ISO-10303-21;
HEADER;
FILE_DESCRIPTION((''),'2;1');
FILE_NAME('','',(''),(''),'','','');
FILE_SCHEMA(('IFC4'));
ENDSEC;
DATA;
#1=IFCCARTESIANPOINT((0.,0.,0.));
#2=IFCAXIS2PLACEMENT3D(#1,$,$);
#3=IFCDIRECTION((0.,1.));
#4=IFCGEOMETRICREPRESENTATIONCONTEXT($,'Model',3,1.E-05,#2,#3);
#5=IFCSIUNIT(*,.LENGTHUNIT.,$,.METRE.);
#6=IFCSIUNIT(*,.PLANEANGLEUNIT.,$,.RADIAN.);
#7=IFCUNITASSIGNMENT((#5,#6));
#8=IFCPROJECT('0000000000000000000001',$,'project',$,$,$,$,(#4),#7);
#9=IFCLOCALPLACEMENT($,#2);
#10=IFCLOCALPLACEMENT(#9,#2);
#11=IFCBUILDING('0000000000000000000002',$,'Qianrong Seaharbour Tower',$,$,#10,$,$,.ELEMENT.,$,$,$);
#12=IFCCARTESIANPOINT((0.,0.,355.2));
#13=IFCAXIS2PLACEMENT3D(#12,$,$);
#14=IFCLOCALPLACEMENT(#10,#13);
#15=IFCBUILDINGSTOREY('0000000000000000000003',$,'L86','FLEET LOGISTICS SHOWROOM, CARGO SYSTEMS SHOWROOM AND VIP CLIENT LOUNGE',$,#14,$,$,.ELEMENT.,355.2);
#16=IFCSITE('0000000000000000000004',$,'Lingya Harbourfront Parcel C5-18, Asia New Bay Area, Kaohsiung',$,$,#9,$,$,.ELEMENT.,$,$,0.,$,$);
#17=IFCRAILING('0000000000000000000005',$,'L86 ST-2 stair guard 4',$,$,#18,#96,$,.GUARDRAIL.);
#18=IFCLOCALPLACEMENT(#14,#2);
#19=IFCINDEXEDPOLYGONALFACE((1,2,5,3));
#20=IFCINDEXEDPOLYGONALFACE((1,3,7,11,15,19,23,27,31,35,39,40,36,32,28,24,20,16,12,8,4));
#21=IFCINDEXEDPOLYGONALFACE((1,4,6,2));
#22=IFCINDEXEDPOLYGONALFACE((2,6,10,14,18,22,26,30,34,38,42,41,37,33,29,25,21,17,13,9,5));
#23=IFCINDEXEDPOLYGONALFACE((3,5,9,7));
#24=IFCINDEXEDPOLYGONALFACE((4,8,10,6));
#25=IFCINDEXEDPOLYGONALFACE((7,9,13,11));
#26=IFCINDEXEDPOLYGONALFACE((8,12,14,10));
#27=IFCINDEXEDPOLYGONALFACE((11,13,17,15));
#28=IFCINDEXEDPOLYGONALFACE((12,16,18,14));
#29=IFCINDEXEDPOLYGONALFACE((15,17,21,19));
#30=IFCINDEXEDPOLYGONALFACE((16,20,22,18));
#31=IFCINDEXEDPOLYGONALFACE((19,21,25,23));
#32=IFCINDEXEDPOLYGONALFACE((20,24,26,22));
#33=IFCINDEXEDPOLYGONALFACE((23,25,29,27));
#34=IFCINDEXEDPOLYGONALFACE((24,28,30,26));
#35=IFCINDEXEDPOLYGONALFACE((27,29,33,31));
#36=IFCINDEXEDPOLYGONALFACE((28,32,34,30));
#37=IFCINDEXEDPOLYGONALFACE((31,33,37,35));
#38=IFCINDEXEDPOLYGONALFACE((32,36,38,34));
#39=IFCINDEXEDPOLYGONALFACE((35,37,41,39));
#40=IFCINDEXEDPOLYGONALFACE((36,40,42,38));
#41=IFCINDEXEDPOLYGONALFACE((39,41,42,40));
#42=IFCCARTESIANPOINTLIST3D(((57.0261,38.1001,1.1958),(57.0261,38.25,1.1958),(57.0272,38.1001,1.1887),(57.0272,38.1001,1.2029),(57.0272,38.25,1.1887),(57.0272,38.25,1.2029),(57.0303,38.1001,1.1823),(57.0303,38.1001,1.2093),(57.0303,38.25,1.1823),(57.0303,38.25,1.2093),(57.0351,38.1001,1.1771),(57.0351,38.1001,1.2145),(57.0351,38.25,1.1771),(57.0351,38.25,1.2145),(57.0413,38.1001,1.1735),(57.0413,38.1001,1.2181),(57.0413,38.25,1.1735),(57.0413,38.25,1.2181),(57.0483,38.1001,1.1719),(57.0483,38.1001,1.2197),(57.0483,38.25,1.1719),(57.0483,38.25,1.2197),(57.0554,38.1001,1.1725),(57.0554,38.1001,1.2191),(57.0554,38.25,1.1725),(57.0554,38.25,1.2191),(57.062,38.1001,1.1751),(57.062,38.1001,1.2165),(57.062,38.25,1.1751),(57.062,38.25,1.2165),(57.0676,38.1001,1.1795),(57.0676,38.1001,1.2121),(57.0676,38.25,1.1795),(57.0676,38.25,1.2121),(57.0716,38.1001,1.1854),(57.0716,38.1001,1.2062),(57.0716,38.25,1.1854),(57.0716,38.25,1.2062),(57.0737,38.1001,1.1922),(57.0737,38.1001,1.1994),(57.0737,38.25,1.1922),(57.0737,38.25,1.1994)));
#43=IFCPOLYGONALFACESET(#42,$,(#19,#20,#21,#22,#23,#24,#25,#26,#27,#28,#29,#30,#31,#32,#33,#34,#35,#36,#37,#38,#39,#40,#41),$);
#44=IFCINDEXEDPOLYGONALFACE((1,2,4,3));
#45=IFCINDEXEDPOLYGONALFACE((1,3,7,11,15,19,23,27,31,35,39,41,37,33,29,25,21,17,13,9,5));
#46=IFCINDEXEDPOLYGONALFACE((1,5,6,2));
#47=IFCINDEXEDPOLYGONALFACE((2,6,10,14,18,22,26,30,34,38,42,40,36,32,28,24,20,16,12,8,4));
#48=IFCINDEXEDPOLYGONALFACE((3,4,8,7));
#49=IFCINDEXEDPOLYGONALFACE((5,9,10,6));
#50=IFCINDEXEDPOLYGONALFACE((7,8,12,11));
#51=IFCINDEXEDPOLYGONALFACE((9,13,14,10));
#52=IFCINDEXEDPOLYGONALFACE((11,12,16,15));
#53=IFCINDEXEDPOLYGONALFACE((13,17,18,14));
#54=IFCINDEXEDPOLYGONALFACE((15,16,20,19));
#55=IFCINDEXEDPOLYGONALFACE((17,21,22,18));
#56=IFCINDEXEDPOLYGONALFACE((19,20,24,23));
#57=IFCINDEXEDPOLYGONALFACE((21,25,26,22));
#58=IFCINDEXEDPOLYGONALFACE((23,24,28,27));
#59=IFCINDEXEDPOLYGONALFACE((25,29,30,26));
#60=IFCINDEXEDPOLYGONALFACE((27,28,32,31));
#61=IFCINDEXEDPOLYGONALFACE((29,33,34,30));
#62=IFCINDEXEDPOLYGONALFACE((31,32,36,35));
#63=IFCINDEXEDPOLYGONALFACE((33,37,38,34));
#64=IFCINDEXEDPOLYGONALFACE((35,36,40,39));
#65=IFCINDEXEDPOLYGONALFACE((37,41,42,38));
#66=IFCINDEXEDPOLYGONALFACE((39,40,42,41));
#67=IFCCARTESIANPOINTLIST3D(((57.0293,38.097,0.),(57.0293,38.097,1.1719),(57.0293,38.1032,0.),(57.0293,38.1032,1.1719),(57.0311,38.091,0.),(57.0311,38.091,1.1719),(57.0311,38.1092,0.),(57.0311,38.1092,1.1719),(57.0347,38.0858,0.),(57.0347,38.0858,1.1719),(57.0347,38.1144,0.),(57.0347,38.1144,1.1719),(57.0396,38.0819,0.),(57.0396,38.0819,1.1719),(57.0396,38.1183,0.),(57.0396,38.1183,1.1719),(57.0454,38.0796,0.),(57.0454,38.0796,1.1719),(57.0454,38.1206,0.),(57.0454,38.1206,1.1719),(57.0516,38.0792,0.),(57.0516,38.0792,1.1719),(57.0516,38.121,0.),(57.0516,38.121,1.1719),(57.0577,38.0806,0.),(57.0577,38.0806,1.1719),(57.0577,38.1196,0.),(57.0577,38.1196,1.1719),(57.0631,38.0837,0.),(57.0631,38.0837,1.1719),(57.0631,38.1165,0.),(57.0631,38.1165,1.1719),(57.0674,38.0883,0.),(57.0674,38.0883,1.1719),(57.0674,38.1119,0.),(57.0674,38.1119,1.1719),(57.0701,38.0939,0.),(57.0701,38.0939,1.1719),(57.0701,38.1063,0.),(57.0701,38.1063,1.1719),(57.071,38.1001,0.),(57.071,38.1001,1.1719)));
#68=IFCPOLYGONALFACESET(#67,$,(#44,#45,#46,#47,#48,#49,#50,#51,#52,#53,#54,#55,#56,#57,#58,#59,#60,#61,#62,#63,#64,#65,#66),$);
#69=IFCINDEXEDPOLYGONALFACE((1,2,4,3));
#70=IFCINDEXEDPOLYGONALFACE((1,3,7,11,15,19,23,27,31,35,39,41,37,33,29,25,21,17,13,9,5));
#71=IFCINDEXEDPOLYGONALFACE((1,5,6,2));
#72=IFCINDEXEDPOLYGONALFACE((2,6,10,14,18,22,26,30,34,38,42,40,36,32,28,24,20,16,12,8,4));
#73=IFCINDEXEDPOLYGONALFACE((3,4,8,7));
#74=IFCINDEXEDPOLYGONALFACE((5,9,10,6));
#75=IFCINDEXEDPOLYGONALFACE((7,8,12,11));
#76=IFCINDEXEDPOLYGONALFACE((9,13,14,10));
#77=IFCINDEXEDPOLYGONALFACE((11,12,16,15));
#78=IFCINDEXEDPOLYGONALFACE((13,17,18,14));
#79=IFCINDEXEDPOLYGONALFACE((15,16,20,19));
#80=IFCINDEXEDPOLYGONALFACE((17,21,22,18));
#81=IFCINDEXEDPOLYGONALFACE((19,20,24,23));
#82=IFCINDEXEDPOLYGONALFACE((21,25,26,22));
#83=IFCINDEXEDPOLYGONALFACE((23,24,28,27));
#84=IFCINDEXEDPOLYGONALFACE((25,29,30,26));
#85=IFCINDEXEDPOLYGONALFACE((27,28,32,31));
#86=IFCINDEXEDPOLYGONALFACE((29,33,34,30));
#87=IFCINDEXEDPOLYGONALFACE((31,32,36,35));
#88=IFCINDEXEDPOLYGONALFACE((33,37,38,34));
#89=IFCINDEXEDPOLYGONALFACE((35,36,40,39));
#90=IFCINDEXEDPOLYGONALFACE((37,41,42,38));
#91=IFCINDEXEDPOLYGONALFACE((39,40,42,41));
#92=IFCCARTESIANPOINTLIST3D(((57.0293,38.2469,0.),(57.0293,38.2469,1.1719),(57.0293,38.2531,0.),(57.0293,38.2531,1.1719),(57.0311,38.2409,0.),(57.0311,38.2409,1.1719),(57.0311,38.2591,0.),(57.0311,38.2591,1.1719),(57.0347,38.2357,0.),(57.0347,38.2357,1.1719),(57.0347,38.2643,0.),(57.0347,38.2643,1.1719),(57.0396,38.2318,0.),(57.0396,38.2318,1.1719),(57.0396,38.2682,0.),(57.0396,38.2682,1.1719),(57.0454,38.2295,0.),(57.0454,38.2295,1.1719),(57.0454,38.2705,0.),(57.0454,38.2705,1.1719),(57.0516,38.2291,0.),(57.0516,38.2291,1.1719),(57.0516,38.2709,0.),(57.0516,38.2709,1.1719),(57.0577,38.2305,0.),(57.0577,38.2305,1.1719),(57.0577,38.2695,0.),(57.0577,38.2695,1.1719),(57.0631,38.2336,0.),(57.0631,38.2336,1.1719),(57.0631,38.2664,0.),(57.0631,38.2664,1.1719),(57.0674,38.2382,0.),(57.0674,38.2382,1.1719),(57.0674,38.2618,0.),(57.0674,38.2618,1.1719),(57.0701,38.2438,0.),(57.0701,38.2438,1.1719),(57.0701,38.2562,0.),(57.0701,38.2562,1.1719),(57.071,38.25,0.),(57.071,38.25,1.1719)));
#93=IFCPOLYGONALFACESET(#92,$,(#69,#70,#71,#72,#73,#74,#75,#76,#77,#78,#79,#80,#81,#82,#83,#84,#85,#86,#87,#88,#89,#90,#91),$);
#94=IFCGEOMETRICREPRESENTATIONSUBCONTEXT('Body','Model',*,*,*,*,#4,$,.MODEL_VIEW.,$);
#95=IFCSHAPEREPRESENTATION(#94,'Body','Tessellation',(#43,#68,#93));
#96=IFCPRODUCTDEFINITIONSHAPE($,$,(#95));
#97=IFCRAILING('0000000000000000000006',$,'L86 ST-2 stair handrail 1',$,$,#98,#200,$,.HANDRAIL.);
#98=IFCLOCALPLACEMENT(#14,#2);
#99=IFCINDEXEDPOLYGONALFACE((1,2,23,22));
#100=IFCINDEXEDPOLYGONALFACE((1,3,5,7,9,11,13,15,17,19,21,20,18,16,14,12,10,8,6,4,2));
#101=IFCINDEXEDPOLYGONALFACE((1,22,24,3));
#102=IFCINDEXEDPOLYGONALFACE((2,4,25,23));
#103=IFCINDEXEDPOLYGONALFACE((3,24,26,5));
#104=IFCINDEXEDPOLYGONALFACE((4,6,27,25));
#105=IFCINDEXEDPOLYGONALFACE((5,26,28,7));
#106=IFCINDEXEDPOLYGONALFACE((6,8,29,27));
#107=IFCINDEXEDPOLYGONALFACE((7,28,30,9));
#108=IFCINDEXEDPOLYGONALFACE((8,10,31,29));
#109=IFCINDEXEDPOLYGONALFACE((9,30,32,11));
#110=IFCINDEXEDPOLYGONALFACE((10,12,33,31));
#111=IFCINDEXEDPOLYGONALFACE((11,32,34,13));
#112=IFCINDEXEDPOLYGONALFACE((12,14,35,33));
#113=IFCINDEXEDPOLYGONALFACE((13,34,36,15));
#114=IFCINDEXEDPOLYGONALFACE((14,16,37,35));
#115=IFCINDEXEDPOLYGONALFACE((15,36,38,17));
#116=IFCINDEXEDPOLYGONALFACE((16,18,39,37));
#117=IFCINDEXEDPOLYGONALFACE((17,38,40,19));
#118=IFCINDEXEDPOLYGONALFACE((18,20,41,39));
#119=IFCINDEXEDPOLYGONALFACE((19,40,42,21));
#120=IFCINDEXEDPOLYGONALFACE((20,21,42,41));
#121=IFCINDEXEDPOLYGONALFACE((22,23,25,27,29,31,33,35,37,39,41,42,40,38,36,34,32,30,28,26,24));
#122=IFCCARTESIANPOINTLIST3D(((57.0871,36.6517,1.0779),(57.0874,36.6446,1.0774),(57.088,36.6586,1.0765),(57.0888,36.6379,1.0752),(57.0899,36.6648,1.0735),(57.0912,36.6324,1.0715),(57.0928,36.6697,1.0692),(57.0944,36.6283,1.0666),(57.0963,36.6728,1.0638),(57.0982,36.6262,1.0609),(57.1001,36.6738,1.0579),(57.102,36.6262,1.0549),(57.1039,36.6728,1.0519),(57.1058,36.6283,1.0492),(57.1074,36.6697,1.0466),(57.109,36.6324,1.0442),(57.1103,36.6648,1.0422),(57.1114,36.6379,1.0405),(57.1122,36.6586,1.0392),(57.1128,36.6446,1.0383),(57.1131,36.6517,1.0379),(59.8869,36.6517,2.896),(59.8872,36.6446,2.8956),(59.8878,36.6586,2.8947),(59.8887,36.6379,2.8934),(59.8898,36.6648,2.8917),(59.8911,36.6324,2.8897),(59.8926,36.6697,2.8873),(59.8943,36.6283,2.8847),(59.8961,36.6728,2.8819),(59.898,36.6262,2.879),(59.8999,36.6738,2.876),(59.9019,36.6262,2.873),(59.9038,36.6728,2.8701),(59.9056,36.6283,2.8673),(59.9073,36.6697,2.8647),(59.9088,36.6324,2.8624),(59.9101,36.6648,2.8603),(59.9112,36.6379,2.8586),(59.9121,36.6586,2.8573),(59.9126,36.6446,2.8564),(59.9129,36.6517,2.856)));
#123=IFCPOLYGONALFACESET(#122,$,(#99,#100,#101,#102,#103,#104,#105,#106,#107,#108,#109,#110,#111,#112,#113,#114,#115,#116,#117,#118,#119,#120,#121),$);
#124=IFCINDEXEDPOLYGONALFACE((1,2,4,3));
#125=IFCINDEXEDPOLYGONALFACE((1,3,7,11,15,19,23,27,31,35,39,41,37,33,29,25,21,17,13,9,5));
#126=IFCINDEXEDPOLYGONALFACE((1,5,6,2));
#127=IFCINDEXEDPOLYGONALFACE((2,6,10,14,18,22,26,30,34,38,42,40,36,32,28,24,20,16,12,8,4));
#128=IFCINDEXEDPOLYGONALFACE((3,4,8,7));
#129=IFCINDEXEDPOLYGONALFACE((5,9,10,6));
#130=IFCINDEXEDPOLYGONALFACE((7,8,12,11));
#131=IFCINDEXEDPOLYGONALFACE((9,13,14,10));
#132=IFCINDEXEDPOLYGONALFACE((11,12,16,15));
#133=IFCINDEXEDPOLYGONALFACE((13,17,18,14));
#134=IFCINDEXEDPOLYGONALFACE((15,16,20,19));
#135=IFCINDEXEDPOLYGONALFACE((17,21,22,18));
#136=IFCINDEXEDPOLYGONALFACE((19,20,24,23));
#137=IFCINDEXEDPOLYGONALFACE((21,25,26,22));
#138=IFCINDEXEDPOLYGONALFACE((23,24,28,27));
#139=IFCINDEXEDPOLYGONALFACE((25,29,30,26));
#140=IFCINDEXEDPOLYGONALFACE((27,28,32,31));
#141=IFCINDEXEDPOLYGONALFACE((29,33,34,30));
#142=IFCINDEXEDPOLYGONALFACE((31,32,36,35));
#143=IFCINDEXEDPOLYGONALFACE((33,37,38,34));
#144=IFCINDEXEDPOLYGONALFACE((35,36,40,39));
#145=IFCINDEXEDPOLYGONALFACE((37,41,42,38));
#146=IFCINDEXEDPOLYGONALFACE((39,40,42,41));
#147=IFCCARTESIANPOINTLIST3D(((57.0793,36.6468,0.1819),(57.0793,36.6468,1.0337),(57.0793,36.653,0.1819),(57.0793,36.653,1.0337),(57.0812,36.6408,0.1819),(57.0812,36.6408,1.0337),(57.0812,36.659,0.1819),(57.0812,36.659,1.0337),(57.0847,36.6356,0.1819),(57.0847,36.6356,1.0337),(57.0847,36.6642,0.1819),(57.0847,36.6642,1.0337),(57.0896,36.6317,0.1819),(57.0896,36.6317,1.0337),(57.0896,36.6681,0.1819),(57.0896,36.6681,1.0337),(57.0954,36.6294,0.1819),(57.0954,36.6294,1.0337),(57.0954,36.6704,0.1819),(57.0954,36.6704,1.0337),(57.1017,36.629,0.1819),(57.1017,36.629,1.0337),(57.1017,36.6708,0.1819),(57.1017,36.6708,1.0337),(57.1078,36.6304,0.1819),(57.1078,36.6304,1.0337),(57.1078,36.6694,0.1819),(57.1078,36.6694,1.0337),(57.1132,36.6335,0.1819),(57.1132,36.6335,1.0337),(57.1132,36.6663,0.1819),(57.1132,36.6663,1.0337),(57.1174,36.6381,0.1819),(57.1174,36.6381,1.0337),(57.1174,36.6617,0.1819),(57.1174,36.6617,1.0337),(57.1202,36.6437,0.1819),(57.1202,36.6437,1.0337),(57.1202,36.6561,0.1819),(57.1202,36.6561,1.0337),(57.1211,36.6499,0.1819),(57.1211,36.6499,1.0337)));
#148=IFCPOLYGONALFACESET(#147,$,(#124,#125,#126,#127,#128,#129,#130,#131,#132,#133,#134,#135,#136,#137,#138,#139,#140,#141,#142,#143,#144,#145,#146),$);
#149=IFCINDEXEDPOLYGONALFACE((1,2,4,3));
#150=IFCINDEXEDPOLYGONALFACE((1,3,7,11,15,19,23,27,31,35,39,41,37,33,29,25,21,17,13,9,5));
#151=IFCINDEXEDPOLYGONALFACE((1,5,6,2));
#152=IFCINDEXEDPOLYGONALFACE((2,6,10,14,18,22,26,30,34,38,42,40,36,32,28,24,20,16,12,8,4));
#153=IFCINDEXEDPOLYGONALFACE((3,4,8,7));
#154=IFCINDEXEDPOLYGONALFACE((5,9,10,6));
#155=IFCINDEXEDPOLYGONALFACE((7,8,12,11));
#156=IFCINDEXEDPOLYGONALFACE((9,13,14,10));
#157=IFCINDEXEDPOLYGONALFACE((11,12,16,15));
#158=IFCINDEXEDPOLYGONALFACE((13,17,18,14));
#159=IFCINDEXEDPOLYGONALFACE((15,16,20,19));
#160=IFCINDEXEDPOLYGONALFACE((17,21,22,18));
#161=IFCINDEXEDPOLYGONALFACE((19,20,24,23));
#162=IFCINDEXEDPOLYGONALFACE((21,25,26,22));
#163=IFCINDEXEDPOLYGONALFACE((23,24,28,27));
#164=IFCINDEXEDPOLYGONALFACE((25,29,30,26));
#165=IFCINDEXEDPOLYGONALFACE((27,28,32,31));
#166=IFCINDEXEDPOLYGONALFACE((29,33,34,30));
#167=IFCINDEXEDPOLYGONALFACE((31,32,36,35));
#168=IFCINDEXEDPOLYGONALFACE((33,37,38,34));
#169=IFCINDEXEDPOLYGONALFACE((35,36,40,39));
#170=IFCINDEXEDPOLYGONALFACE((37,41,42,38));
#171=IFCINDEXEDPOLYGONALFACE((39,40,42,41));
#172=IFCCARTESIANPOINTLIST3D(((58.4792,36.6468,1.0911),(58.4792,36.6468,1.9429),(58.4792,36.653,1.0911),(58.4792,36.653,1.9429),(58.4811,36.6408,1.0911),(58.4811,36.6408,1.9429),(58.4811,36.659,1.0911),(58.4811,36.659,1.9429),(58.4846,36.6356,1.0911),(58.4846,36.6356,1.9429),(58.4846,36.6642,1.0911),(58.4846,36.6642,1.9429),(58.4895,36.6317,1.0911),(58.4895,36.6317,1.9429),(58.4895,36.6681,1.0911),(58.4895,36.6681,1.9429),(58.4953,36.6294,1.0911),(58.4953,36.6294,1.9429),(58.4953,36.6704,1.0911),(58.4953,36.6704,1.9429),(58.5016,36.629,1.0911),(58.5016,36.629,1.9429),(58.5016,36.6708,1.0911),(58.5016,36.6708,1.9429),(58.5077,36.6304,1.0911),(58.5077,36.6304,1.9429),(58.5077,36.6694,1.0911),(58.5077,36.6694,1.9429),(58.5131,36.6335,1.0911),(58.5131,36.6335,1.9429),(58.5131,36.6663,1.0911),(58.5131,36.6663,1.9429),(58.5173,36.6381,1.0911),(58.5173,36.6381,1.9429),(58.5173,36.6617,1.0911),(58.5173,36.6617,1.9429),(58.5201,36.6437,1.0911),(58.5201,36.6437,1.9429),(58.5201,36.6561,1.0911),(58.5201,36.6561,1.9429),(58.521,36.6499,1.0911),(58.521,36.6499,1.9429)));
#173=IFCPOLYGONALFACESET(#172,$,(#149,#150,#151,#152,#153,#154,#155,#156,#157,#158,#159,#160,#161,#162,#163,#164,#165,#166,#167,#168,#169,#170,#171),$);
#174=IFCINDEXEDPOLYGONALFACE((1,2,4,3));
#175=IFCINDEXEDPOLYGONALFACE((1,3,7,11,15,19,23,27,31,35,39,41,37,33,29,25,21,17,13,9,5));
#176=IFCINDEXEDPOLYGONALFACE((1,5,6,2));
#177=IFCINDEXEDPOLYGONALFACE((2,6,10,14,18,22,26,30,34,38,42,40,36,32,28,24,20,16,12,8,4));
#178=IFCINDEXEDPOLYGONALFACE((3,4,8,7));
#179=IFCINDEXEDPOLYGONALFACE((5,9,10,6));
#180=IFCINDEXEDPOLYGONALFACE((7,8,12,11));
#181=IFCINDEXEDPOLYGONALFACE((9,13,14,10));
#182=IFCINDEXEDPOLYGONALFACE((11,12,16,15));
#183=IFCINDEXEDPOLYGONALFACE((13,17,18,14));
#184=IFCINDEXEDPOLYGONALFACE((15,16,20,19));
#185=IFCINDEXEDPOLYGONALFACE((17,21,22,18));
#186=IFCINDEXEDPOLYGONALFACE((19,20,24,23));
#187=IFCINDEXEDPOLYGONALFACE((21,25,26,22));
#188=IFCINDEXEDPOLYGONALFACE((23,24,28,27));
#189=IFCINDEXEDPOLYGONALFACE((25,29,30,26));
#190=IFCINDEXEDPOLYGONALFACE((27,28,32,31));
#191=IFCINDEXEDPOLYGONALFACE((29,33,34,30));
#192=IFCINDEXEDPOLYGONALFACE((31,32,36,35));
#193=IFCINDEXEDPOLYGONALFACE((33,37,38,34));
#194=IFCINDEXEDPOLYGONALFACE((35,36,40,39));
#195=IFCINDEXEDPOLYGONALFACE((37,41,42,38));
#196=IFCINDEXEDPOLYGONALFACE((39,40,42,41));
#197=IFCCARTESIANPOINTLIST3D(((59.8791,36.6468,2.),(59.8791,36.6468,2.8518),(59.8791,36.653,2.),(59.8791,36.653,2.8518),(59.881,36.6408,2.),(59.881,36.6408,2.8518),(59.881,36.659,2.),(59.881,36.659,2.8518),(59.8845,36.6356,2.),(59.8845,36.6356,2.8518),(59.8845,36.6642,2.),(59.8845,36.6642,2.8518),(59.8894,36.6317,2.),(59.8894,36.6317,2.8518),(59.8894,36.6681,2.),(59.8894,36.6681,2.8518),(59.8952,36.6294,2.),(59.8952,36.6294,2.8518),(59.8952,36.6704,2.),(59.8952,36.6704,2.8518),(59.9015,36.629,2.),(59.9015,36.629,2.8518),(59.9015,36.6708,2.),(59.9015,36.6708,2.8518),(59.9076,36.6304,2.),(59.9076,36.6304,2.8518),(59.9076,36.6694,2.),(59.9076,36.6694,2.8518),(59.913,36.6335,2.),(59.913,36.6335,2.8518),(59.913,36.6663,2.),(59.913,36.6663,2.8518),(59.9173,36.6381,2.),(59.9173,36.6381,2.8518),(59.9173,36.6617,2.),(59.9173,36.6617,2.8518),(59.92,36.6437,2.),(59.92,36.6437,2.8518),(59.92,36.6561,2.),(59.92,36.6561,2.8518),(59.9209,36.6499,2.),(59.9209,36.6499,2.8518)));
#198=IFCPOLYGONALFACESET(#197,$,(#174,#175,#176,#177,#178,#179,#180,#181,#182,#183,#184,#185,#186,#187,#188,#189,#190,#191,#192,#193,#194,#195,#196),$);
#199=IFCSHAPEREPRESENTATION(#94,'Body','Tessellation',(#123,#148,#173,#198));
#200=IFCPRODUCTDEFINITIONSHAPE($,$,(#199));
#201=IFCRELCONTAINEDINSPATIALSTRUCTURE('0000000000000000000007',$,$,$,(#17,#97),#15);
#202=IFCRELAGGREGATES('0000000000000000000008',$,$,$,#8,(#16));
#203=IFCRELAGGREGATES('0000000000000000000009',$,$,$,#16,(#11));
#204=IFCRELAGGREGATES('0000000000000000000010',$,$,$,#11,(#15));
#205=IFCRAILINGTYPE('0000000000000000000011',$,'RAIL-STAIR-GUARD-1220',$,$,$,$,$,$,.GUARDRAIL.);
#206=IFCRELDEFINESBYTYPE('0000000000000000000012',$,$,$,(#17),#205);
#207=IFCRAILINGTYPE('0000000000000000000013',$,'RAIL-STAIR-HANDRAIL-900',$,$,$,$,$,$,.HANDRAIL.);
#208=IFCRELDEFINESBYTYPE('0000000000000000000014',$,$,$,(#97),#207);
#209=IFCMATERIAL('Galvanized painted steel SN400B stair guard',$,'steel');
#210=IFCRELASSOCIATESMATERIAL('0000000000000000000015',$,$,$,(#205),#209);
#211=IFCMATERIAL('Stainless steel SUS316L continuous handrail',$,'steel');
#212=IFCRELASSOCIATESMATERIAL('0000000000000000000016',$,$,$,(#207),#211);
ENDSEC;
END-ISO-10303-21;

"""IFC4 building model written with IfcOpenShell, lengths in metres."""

from ifc_helpers import new_model, si_unit, direction, frame, origin, origin_2d, place, context, subcontext, project, spatial, circle, extrude, material, type_object, element, save


model = new_model("IFC4")

# Units and contexts
model_context = context("Model", 3, precision=1e-05, world=origin(), true_north=direction((0.0, 1.0)))
body_context = subcontext(model_context, "Body", "Model", "MODEL_VIEW")
ifc_project = project(units=[si_unit("LENGTHUNIT", "METRE"), si_unit("PLANEANGLEUNIT", "RADIAN")], contexts=[model_context])

# Site, building, storey
site_placement = place(None, origin())
site = spatial("IfcSite", under=ifc_project, at=site_placement, Name="Lingya Harbourfront Parcel C5-18, Asia New Bay Area, Kaohsiung", CompositionType="ELEMENT", RefElevation=0.0)
building_placement = place(site_placement, origin())
building = spatial("IfcBuilding", under=site, at=building_placement, Name="Qianrong Seaharbour Tower", CompositionType="ELEMENT")
storey_placement = place(building_placement, frame((0.0, 0.0, 355.2)))
storey = spatial("IfcBuildingStorey", under=building, at=storey_placement, Name="L86", Description="FLEET LOGISTICS SHOWROOM, CARGO SYSTEMS SHOWROOM AND VIP CLIENT LOUNGE", CompositionType="ELEMENT", Elevation=355.2)

# Railings
ifc_material_1 = material(Name="Galvanized painted steel SN400B stair guard", Category="steel")
railing_type_1 = type_object("IfcRailingType", Name="RAIL-STAIR-GUARD-1220", PredefinedType="GUARDRAIL", material=ifc_material_1)
railing_1_placement = place(storey_placement, frame((57.05, 38.1001, 0.0)))
element("IfcRailing", 1, at=railing_1_placement, inside=storey, type_object=railing_type_1, Name="L86 ST-2 stair guard 4", PredefinedType="GUARDRAIL", context=body_context, shape_type="SweptSolid", body=[
    extrude(circle(Radius=0.0239, at=origin_2d()), frame((0.0, 0.0, 1.1958), z_axis=(0.0, 1.0, 0.0), x_axis=(-1.0, 0.0, 0.0)), (0.0, 0.0, 1.0), 0.1499),
    extrude(circle(Radius=0.021, at=origin_2d()), origin(), (0.0, 0.0, 1.0), 1.1719),
    extrude(circle(Radius=0.021, at=origin_2d()), frame((0.0, 0.1499, 0.0)), (0.0, 0.0, 1.0), 1.1719),
])
ifc_material_2 = material(Name="Stainless steel SUS316L continuous handrail", Category="steel")
railing_type_2 = type_object("IfcRailingType", Name="RAIL-STAIR-HANDRAIL-900", PredefinedType="HANDRAIL", material=ifc_material_2)
railing_2_placement = place(storey_placement, frame((57.1001, 36.6499, 0.1819)))
element("IfcRailing", 2, at=railing_2_placement, inside=storey, type_object=railing_type_2, Name="L86 ST-2 stair handrail 1", PredefinedType="HANDRAIL", context=body_context, shape_type="SweptSolid", body=[
    extrude(circle(Radius=0.0239, at=origin_2d()), frame((0.0, 0.0, 0.876), z_axis=(0.838684, 0.0, 0.544618), x_axis=(0.0, 1.0, 0.0)), (0.0, 0.0, 1.0), 3.3384),
    extrude(circle(Radius=0.021, at=origin_2d()), origin(), (0.0, 0.0, 1.0), 0.8518),
    extrude(circle(Radius=0.021, at=origin_2d()), frame((1.3999, 0.0, 0.9092)), (0.0, 0.0, 1.0), 0.8518),
    extrude(circle(Radius=0.021, at=origin_2d()), frame((2.7998, 0.0, 1.8181)), (0.0, 0.0, 1.0), 0.8518),
])

save(model, "model.ifc")
